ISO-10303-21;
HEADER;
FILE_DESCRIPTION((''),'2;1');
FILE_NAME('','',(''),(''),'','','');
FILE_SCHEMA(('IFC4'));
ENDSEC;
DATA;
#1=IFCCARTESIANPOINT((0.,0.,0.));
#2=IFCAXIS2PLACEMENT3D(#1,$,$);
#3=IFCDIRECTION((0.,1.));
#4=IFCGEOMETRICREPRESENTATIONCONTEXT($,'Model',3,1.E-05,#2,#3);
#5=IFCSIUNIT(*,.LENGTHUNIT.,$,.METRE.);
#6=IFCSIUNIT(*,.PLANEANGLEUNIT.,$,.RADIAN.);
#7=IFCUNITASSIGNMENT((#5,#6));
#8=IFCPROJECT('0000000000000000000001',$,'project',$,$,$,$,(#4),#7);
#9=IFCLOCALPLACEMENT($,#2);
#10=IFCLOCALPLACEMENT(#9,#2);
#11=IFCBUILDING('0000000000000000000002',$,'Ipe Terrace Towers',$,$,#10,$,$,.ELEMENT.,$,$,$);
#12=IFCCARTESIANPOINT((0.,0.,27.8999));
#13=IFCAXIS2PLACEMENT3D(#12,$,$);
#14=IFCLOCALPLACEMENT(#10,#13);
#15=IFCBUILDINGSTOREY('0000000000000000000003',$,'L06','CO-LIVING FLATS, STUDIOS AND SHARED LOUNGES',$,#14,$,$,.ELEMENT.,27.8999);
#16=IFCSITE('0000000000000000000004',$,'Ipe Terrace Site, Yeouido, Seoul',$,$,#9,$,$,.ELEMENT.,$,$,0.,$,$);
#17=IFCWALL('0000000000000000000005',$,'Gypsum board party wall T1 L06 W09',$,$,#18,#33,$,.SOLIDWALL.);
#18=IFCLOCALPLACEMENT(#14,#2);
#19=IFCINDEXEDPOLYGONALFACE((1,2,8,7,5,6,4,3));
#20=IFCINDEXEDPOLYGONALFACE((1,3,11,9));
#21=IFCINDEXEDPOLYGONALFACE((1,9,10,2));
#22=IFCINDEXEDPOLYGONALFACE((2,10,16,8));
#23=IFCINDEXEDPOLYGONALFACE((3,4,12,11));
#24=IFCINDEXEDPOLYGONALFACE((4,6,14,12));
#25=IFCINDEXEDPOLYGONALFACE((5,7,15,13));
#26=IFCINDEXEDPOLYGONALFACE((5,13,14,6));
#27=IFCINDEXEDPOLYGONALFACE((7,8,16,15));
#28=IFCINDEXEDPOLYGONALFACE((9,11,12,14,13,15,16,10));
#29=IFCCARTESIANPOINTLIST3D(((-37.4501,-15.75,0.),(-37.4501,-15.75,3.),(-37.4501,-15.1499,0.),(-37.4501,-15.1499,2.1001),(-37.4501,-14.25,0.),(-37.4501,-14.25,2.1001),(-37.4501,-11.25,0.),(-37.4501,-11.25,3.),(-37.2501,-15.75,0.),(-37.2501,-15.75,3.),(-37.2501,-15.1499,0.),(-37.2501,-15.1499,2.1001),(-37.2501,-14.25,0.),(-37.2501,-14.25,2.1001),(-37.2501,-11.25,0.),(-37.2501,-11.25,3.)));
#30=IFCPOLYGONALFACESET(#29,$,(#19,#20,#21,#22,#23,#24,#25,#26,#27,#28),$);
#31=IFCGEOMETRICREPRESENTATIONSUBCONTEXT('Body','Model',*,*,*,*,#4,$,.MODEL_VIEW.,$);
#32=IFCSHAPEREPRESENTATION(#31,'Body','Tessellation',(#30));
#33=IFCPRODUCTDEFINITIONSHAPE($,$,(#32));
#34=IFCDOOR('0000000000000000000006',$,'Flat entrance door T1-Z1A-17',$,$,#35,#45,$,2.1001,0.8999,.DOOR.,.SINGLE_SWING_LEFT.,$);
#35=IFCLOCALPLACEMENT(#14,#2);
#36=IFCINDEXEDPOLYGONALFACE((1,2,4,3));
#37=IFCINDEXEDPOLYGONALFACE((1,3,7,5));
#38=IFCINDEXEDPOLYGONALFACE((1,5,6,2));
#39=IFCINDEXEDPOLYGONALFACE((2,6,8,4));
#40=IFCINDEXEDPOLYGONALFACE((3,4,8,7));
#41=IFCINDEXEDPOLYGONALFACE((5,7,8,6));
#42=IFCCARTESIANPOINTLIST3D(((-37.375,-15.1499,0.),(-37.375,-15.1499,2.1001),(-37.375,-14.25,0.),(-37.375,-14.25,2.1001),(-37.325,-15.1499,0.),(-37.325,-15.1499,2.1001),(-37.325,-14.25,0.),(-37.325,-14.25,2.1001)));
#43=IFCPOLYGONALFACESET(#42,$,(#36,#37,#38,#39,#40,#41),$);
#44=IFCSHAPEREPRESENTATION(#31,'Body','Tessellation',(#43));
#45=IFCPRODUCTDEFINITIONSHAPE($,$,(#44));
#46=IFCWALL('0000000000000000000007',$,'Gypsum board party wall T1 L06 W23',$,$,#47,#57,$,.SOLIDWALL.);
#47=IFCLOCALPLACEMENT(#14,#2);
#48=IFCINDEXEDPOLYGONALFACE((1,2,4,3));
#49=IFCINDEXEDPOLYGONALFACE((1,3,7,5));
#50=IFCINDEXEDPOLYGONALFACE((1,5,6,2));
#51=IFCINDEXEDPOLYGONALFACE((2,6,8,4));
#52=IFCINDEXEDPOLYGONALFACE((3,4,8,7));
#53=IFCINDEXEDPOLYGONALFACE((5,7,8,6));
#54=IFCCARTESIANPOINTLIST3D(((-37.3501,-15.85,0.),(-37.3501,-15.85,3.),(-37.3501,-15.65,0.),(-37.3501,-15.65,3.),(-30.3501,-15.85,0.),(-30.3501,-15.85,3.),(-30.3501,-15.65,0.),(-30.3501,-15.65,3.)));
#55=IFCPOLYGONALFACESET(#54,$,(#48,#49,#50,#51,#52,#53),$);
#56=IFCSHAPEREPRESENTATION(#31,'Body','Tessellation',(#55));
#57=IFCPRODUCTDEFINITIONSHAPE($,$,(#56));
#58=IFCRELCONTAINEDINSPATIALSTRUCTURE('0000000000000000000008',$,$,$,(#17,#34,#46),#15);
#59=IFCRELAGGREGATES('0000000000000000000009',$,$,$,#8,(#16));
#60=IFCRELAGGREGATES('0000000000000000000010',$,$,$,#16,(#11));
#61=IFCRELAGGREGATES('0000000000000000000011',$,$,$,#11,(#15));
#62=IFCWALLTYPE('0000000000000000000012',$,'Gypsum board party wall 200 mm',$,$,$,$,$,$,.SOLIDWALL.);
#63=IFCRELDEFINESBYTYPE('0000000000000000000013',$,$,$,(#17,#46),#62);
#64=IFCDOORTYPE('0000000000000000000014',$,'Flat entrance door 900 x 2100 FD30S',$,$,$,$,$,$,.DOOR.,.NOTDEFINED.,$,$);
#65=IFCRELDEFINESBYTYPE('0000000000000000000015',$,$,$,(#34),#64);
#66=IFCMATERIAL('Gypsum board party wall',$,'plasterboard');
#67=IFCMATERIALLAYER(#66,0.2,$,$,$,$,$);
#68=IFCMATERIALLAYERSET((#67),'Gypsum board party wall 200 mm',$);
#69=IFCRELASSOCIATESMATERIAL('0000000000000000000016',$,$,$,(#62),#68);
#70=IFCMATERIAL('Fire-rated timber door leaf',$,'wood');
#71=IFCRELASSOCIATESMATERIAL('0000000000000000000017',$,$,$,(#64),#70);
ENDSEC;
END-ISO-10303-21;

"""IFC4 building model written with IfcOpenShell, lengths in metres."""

from ifc_helpers import new_model, si_unit, direction, frame, frame_2d, origin, place, context, subcontext, project, spatial, rectangle, extrude, material, layer, layer_set, type_object, element, fill, save


model = new_model("IFC4")

# Units and contexts
model_context = context("Model", 3, precision=1e-05, world=origin(), true_north=direction((0.0, 1.0)))
body_context = subcontext(model_context, "Body", "Model", "MODEL_VIEW")
ifc_project = project(units=[si_unit("LENGTHUNIT", "METRE"), si_unit("PLANEANGLEUNIT", "RADIAN")], contexts=[model_context])

# Site, building, storey
site_placement = place(None, origin())
site = spatial("IfcSite", under=ifc_project, at=site_placement, Name="Ipe Terrace Site, Yeouido, Seoul", CompositionType="ELEMENT", RefElevation=0.0)
building_placement = place(site_placement, origin())
building = spatial("IfcBuilding", under=site, at=building_placement, Name="Ipe Terrace Towers", CompositionType="ELEMENT")
storey_placement = place(building_placement, frame((0.0, 0.0, 27.8999)))
storey = spatial("IfcBuildingStorey", under=building, at=storey_placement, Name="L06", Description="CO-LIVING FLATS, STUDIOS AND SHARED LOUNGES", CompositionType="ELEMENT", Elevation=27.8999)

# Wall, opening, door
ifc_material_1 = material(Name="Gypsum board party wall", Category="plasterboard")
ifc_layer_1 = layer(ifc_material_1, 0.2)
ifc_layer_set_1 = layer_set([ifc_layer_1], Name="Gypsum board party wall 200 mm")
wall_type_1 = type_object("IfcWallType", Name="Gypsum board party wall 200 mm", PredefinedType="SOLIDWALL", material=ifc_layer_set_1)
wall_1_placement = place(storey_placement, frame((-37.3501, -15.75, 0.0), z_axis=(0.0, 0.0, 1.0), x_axis=(0.0, 1.0, 0.0)))
wall_1 = element("IfcWall", 1, at=wall_1_placement, inside=storey, type_object=wall_type_1, Name="Gypsum board party wall T1 L06 W09", PredefinedType="SOLIDWALL", context=body_context, shape_type="SweptSolid", body=[
    extrude(rectangle(XDim=4.5, YDim=0.2, at=frame_2d((2.25, 0.0))), origin(), (0.0, 0.0, 1.0), 3.0),
])
opening_1_placement = place(wall_1_placement, frame((0.6001, 0.0, 0.0)))
opening_1 = element("IfcOpeningElement", 2, at=opening_1_placement, cuts=wall_1, PredefinedType="OPENING", context=body_context, shape_type="SweptSolid", body=[
    extrude(rectangle(XDim=0.8999, YDim=2.1001, at=frame_2d((0.45, 1.05))), frame((0.0, 0.1099, 0.0), z_axis=(0.0, -1.0, 0.0), x_axis=(1.0, 0.0, 0.0)), (0.0, 0.0, 1.0), 0.22),
])
ifc_material_2 = material(Name="Fire-rated timber door leaf", Category="wood")
door_type_1 = type_object("IfcDoorType", Name="Flat entrance door 900 x 2100 FD30S", OperationType="NOTDEFINED", PredefinedType="DOOR", material=ifc_material_2)
door_1_placement = place(opening_1_placement, origin())
door_1 = element("IfcDoor", 3, at=door_1_placement, inside=storey, type_object=door_type_1, Name="Flat entrance door T1-Z1A-17", OperationType="SINGLE_SWING_LEFT", OverallHeight=2.1001, OverallWidth=0.8999, PredefinedType="DOOR", context=body_context, shape_type="SweptSolid", body=[
    extrude(rectangle(XDim=0.8999, YDim=2.1001, at=frame_2d((0.45, 1.05))), frame((0.0, 0.0249, 0.0), z_axis=(0.0, -1.0, 0.0), x_axis=(1.0, 0.0, 0.0)), (0.0, 0.0, 1.0), 0.05),
])
fill(opening_1, door_1)

# Wall
wall_2_placement = place(storey_placement, frame((-37.3501, -15.75, 0.0), z_axis=(0.0, 0.0, 1.0), x_axis=(1.0, 0.0, 0.0)))
element("IfcWall", 4, at=wall_2_placement, inside=storey, type_object=wall_type_1, Name="Gypsum board party wall T1 L06 W23", PredefinedType="SOLIDWALL", context=body_context, shape_type="SweptSolid", body=[
    extrude(rectangle(XDim=7.0, YDim=0.2, at=frame_2d((3.5, 0.0))), origin(), (0.0, 0.0, 1.0), 3.0),
])

save(model, "model.ifc")
